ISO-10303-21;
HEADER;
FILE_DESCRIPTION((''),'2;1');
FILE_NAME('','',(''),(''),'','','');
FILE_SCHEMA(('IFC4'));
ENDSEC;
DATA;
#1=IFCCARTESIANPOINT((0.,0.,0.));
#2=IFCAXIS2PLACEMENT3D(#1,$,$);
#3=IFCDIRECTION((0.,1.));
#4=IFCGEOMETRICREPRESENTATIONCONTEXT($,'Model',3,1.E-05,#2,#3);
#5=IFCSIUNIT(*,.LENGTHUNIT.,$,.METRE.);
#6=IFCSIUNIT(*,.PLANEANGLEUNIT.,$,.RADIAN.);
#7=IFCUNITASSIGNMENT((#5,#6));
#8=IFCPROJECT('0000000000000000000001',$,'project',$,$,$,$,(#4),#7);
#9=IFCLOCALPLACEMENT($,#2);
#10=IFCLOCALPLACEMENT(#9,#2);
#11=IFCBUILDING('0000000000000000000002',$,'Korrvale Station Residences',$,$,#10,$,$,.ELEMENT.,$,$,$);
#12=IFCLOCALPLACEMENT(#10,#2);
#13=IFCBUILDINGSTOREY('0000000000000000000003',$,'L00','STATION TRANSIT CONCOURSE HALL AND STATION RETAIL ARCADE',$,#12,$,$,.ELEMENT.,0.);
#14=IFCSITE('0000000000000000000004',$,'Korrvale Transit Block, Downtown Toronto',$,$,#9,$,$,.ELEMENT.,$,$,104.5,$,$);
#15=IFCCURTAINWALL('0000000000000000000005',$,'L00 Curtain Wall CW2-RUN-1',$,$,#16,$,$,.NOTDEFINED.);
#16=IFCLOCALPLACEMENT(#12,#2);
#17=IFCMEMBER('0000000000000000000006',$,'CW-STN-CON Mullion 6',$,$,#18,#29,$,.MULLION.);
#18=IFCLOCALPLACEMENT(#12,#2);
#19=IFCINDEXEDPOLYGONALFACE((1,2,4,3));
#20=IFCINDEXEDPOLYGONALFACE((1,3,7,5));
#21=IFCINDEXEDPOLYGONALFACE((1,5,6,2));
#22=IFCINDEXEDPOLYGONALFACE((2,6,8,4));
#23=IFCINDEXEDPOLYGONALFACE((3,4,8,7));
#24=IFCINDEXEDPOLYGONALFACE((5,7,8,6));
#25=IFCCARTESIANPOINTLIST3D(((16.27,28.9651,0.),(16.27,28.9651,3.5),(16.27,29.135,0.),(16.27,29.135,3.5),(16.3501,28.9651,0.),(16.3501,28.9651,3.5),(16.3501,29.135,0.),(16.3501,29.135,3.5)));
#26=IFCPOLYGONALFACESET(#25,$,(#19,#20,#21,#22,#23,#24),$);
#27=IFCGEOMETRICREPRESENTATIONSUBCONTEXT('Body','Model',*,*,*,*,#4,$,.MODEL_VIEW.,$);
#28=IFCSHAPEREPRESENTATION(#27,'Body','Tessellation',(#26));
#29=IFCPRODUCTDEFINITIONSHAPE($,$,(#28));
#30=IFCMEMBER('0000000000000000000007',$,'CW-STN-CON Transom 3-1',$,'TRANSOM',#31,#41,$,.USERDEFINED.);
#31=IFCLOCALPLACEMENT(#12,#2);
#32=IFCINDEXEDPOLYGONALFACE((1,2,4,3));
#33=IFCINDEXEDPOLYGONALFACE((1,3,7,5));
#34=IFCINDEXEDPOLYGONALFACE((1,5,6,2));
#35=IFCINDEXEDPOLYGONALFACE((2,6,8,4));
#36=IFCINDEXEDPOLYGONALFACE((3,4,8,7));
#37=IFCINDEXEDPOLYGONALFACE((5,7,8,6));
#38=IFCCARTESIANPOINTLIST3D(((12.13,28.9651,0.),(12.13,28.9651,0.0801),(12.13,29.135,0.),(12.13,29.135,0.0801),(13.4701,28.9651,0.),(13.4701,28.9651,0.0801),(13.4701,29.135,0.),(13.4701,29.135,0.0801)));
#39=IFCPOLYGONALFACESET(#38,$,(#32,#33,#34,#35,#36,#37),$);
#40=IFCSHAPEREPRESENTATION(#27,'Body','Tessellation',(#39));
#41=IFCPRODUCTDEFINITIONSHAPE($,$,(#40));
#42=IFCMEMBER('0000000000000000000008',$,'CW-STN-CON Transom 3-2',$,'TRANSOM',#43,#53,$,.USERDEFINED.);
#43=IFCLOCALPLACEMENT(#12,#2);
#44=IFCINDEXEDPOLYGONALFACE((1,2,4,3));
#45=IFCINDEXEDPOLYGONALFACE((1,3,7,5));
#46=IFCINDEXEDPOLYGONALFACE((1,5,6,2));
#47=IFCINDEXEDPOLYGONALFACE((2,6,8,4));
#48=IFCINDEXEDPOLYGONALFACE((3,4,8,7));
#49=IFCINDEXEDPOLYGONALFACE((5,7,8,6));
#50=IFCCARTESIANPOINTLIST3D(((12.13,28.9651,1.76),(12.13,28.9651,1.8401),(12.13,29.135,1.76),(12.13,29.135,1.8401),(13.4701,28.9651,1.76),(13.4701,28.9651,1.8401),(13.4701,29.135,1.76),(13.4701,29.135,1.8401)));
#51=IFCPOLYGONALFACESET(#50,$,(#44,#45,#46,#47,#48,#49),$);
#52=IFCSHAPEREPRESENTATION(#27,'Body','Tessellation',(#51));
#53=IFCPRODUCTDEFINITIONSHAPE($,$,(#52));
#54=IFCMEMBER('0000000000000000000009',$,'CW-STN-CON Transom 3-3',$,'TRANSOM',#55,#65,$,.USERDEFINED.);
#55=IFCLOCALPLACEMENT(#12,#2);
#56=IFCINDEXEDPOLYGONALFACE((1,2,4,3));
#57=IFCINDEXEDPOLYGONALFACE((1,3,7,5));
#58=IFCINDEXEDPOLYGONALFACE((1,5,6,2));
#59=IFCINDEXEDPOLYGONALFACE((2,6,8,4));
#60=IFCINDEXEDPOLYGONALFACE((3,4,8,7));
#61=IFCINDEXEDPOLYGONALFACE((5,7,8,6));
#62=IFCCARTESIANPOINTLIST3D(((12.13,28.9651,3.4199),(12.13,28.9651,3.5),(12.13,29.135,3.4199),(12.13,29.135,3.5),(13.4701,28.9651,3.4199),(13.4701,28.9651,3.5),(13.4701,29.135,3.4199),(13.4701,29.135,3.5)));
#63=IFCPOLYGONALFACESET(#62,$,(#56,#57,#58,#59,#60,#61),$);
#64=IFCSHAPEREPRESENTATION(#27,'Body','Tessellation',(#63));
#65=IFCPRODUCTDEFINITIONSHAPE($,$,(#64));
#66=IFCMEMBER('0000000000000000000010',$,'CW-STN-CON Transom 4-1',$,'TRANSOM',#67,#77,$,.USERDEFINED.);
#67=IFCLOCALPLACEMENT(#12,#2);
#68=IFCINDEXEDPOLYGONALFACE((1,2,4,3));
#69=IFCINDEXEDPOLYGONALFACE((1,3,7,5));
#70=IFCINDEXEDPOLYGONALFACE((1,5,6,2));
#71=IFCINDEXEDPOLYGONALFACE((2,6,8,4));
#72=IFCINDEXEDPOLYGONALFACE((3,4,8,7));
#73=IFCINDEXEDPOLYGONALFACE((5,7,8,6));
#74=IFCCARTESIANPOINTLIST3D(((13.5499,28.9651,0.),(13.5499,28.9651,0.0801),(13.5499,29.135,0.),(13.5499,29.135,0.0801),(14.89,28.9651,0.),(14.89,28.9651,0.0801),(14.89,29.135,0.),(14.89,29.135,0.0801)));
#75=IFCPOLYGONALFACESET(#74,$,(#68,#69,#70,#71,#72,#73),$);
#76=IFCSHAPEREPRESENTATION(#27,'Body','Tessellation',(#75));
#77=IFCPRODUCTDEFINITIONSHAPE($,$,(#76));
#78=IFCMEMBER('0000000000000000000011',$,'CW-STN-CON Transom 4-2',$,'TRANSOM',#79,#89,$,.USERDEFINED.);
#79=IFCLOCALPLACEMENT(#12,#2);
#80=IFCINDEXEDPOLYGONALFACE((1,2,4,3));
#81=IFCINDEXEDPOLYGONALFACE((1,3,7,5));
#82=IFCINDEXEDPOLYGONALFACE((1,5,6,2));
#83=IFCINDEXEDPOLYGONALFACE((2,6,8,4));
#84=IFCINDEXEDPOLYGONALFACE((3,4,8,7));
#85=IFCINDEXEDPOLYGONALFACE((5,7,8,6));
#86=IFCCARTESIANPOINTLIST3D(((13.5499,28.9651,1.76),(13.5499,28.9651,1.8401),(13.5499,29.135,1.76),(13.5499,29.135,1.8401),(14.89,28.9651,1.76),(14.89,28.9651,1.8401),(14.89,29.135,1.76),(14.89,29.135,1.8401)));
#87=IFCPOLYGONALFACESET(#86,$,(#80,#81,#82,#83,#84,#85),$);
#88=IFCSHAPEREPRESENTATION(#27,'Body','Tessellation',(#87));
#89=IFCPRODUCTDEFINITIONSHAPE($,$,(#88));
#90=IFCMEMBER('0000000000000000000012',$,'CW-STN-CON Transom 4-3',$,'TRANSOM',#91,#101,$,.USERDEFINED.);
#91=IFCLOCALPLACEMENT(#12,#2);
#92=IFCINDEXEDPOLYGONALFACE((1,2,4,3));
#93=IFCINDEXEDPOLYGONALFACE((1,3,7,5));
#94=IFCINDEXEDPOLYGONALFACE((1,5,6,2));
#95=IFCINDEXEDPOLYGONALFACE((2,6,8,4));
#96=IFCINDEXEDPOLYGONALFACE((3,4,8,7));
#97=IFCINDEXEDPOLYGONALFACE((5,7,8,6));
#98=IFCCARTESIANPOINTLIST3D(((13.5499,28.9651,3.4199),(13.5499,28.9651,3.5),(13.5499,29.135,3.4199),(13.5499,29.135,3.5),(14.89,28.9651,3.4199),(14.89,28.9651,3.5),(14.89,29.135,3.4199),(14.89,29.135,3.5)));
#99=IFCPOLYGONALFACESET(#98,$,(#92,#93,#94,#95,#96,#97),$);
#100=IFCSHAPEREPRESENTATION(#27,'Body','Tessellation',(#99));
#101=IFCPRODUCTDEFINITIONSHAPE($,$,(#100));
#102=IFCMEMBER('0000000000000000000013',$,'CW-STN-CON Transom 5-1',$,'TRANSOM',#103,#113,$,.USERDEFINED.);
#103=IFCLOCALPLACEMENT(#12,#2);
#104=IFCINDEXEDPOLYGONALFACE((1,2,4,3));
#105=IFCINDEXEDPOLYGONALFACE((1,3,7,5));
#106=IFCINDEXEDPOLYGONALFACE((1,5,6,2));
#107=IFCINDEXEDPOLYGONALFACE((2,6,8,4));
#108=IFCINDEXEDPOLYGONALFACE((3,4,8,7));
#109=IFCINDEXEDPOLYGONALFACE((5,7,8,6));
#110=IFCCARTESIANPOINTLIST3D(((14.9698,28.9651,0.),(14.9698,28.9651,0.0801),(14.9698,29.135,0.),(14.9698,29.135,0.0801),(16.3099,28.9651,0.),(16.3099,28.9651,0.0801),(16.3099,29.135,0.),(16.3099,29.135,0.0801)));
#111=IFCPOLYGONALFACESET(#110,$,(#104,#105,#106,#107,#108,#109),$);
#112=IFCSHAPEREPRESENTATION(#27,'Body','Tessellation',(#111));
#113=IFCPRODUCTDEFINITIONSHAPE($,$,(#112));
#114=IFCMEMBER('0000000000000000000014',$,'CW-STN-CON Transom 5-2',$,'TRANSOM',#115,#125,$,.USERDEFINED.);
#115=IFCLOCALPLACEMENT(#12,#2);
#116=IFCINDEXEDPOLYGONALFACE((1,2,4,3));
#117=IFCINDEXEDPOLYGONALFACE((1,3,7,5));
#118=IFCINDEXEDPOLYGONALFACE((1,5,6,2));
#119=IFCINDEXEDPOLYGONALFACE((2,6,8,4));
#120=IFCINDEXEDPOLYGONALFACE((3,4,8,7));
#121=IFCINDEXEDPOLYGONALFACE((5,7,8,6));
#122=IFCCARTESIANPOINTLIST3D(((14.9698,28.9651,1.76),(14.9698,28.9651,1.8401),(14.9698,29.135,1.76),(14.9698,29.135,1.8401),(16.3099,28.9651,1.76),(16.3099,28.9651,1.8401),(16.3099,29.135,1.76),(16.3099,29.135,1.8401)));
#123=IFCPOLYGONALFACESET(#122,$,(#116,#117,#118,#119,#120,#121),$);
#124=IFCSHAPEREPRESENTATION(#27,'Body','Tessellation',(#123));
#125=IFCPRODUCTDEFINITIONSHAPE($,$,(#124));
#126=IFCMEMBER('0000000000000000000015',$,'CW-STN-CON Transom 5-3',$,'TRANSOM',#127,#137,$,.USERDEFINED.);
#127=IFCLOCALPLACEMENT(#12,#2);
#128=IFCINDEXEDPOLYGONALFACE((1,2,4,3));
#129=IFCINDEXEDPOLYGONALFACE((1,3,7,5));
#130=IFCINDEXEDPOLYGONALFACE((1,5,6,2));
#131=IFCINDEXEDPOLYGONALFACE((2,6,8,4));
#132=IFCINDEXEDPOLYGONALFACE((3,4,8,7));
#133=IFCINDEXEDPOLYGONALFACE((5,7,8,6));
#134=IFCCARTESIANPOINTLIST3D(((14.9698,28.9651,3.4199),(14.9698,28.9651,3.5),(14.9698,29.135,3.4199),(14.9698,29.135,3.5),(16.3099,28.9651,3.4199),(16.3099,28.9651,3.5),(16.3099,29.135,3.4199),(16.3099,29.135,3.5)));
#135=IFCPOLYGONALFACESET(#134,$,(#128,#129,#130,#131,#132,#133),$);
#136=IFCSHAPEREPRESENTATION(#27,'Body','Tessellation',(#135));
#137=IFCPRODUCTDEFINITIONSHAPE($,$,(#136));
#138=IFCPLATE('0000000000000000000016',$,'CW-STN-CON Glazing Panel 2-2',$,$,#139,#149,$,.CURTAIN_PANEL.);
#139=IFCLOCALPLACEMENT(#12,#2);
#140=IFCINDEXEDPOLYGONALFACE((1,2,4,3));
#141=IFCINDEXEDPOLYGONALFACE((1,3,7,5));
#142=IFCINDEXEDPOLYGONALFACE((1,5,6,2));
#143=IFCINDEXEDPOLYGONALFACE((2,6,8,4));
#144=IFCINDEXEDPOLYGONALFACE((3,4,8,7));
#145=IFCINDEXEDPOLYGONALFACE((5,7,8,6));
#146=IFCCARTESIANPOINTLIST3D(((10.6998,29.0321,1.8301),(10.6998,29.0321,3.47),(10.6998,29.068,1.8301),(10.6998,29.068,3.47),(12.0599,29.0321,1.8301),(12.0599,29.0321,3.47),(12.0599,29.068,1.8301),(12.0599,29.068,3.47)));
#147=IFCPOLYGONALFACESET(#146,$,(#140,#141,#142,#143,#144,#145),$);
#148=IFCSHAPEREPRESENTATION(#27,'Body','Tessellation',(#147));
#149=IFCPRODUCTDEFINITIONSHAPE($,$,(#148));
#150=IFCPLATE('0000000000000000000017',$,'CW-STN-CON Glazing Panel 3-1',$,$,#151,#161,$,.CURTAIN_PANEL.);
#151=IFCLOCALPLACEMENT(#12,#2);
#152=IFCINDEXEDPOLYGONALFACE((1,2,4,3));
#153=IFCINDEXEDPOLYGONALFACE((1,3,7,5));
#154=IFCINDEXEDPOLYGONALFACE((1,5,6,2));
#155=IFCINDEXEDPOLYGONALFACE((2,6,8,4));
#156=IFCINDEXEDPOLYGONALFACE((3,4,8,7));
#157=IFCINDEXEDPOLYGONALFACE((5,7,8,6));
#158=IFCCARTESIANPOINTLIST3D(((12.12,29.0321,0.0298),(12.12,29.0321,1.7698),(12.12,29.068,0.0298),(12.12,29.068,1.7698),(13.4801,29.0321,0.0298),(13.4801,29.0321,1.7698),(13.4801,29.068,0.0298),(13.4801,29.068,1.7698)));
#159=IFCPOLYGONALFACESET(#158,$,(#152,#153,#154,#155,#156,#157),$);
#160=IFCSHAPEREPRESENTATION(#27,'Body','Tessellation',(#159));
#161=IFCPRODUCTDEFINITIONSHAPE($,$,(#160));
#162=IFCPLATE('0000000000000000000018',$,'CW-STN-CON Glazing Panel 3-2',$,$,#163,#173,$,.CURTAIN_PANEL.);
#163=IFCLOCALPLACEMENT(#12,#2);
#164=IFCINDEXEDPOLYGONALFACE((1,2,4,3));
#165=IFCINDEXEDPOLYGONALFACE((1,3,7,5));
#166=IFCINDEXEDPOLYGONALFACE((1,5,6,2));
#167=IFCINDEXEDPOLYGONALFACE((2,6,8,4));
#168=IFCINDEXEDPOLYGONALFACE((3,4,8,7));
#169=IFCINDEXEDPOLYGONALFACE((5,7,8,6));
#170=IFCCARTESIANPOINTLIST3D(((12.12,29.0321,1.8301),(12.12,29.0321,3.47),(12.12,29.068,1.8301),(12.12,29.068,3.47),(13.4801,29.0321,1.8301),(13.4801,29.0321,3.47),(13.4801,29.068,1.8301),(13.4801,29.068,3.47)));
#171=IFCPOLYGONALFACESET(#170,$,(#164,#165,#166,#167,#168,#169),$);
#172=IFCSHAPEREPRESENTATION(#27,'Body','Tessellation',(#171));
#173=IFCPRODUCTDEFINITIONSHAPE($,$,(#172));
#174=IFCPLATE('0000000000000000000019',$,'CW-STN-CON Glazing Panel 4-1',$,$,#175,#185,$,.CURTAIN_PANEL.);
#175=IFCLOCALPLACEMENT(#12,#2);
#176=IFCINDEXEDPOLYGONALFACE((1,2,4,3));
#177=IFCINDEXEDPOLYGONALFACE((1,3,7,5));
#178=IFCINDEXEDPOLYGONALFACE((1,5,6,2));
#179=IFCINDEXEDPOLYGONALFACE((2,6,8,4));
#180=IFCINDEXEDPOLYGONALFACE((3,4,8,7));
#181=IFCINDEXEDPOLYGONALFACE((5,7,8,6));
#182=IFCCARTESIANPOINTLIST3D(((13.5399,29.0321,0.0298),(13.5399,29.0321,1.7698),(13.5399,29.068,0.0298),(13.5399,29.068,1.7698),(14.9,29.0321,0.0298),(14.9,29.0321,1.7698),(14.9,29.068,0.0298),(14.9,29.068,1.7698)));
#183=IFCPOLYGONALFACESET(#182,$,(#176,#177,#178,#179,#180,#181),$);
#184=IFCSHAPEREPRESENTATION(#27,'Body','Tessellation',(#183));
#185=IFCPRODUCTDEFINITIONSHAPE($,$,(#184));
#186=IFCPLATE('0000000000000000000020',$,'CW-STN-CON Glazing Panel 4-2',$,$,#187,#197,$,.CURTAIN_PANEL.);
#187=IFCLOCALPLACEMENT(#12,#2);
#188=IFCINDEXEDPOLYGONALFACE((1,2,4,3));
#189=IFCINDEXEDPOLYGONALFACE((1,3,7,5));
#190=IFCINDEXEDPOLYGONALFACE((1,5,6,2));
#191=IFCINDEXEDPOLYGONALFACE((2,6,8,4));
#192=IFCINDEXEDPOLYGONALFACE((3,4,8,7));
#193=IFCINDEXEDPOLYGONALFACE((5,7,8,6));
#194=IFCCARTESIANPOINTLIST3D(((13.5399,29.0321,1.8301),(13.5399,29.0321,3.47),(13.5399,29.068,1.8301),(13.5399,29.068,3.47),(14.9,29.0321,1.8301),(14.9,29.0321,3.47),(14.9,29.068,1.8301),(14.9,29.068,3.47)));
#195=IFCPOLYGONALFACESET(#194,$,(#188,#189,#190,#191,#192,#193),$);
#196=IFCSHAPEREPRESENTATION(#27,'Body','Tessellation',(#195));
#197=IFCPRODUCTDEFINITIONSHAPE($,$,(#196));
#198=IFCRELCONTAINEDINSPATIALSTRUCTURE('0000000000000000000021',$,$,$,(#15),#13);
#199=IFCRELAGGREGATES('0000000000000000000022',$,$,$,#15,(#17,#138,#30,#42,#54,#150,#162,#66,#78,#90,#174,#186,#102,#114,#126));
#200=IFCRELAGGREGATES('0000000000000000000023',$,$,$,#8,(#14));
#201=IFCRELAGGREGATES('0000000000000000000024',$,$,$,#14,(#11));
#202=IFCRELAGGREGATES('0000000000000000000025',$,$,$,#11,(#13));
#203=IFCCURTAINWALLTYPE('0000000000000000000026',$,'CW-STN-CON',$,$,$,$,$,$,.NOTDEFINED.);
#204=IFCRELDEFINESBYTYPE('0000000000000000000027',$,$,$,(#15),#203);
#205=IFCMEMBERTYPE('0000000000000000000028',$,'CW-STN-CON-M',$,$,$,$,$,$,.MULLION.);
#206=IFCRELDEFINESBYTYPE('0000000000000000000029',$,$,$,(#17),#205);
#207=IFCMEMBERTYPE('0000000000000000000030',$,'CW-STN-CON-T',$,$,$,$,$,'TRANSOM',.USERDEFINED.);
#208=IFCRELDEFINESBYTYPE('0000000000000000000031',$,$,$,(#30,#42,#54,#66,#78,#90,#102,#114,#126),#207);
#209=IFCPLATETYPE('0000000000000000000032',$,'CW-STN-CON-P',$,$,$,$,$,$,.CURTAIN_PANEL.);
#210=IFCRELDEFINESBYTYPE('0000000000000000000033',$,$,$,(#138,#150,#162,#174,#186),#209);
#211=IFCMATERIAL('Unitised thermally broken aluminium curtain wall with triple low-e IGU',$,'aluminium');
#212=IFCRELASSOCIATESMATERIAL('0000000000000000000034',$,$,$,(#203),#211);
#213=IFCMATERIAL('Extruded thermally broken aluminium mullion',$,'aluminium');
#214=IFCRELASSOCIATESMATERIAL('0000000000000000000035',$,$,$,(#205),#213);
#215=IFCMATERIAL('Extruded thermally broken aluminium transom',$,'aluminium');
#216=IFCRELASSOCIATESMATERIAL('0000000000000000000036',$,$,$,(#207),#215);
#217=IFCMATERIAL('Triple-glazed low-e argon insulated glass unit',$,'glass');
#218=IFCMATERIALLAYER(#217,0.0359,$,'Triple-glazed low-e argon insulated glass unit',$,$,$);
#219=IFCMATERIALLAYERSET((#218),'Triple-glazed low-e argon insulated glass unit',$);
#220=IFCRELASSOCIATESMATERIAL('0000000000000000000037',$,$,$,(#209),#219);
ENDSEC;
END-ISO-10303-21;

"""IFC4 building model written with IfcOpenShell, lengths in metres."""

from ifc_helpers import new_model, si_unit, direction, frame, origin, origin_2d, place, context, subcontext, project, spatial, rectangle, extrude, material, layer, layer_set, type_object, element, aggregate, save


model = new_model("IFC4")

# Units and contexts
model_context = context("Model", 3, precision=1e-05, world=origin(), true_north=direction((0.0, 1.0)))
body_context = subcontext(model_context, "Body", "Model", "MODEL_VIEW")
ifc_project = project(units=[si_unit("LENGTHUNIT", "METRE"), si_unit("PLANEANGLEUNIT", "RADIAN")], contexts=[model_context])

# Site, building, storey
site_placement = place(None, origin())
site = spatial("IfcSite", under=ifc_project, at=site_placement, Name="Korrvale Transit Block, Downtown Toronto", CompositionType="ELEMENT", RefElevation=104.5)
building_placement = place(site_placement, origin())
building = spatial("IfcBuilding", under=site, at=building_placement, Name="Korrvale Station Residences", CompositionType="ELEMENT")
storey_placement = place(building_placement, origin())
storey = spatial("IfcBuildingStorey", under=building, at=storey_placement, Name="L00", Description="STATION TRANSIT CONCOURSE HALL AND STATION RETAIL ARCADE", CompositionType="ELEMENT", Elevation=0.0)

# Curtain wall, members, plates
ifc_material_1 = material(Name="Unitised thermally broken aluminium curtain wall with triple low-e IGU", Category="aluminium")
curtain_wall_type = type_object("IfcCurtainWallType", Name="CW-STN-CON", PredefinedType="NOTDEFINED", material=ifc_material_1)
curtain_wall_placement = place(storey_placement, origin())
curtain_wall = element("IfcCurtainWall", 1, at=curtain_wall_placement, inside=storey, type_object=curtain_wall_type, Name="L00 Curtain Wall CW2-RUN-1", PredefinedType="NOTDEFINED")
ifc_material_2 = material(Name="Extruded thermally broken aluminium mullion", Category="aluminium")
member_type_1 = type_object("IfcMemberType", Name="CW-STN-CON-M", PredefinedType="MULLION", material=ifc_material_2)
member_1_placement = place(storey_placement, frame((16.3101, 29.05, 0.0), z_axis=(0.0, 0.0, 1.0), x_axis=(1.0, 0.0, 0.0)))
member_1 = element("IfcMember", 2, at=member_1_placement, type_object=member_type_1, Name="CW-STN-CON Mullion 6", PredefinedType="MULLION", context=body_context, shape_type="SweptSolid", body=[
    extrude(rectangle(XDim=0.0801, YDim=0.1699, at=origin_2d()), origin(), (0.0, 0.0, 1.0), 3.5),
])
ifc_material_3 = material(Name="Extruded thermally broken aluminium transom", Category="aluminium")
member_type_2 = type_object("IfcMemberType", Name="CW-STN-CON-T", ElementType="TRANSOM", PredefinedType="USERDEFINED", material=ifc_material_3)
member_2_placement = place(storey_placement, frame((12.8, 29.05, 0.0), z_axis=(0.0, 0.0, 1.0), x_axis=(1.0, 0.0, 0.0)))
member_2 = element("IfcMember", 3, at=member_2_placement, type_object=member_type_2, Name="CW-STN-CON Transom 3-1", ObjectType="TRANSOM", PredefinedType="USERDEFINED", context=body_context, shape_type="SweptSolid", body=[
    extrude(rectangle(XDim=1.3401, YDim=0.1699, at=origin_2d()), origin(), (0.0, 0.0, 1.0), 0.0801),
])
member_3_placement = place(storey_placement, frame((12.8, 29.05, 1.76), z_axis=(0.0, 0.0, 1.0), x_axis=(1.0, 0.0, 0.0)))
member_3 = element("IfcMember", 4, at=member_3_placement, type_object=member_type_2, Name="CW-STN-CON Transom 3-2", ObjectType="TRANSOM", PredefinedType="USERDEFINED", context=body_context, shape_type="SweptSolid", body=[
    extrude(rectangle(XDim=1.3401, YDim=0.1699, at=origin_2d()), origin(), (0.0, 0.0, 1.0), 0.0801),
])
member_4_placement = place(storey_placement, frame((12.8, 29.05, 3.4199), z_axis=(0.0, 0.0, 1.0), x_axis=(1.0, 0.0, 0.0)))
member_4 = element("IfcMember", 5, at=member_4_placement, type_object=member_type_2, Name="CW-STN-CON Transom 3-3", ObjectType="TRANSOM", PredefinedType="USERDEFINED", context=body_context, shape_type="SweptSolid", body=[
    extrude(rectangle(XDim=1.3401, YDim=0.1699, at=origin_2d()), origin(), (0.0, 0.0, 1.0), 0.0801),
])
member_5_placement = place(storey_placement, frame((14.22, 29.05, 0.0), z_axis=(0.0, 0.0, 1.0), x_axis=(1.0, 0.0, 0.0)))
member_5 = element("IfcMember", 6, at=member_5_placement, type_object=member_type_2, Name="CW-STN-CON Transom 4-1", ObjectType="TRANSOM", PredefinedType="USERDEFINED", context=body_context, shape_type="SweptSolid", body=[
    extrude(rectangle(XDim=1.3401, YDim=0.1699, at=origin_2d()), origin(), (0.0, 0.0, 1.0), 0.0801),
])
member_6_placement = place(storey_placement, frame((14.22, 29.05, 1.76), z_axis=(0.0, 0.0, 1.0), x_axis=(1.0, 0.0, 0.0)))
member_6 = element("IfcMember", 7, at=member_6_placement, type_object=member_type_2, Name="CW-STN-CON Transom 4-2", ObjectType="TRANSOM", PredefinedType="USERDEFINED", context=body_context, shape_type="SweptSolid", body=[
    extrude(rectangle(XDim=1.3401, YDim=0.1699, at=origin_2d()), origin(), (0.0, 0.0, 1.0), 0.0801),
])
member_7_placement = place(storey_placement, frame((14.22, 29.05, 3.4199), z_axis=(0.0, 0.0, 1.0), x_axis=(1.0, 0.0, 0.0)))
member_7 = element("IfcMember", 8, at=member_7_placement, type_object=member_type_2, Name="CW-STN-CON Transom 4-3", ObjectType="TRANSOM", PredefinedType="USERDEFINED", context=body_context, shape_type="SweptSolid", body=[
    extrude(rectangle(XDim=1.3401, YDim=0.1699, at=origin_2d()), origin(), (0.0, 0.0, 1.0), 0.0801),
])
member_8_placement = place(storey_placement, frame((15.6399, 29.05, 0.0), z_axis=(0.0, 0.0, 1.0), x_axis=(1.0, 0.0, 0.0)))
member_8 = element("IfcMember", 9, at=member_8_placement, type_object=member_type_2, Name="CW-STN-CON Transom 5-1", ObjectType="TRANSOM", PredefinedType="USERDEFINED", context=body_context, shape_type="SweptSolid", body=[
    extrude(rectangle(XDim=1.3401, YDim=0.1699, at=origin_2d()), origin(), (0.0, 0.0, 1.0), 0.0801),
])
member_9_placement = place(storey_placement, frame((15.6399, 29.05, 1.76), z_axis=(0.0, 0.0, 1.0), x_axis=(1.0, 0.0, 0.0)))
member_9 = element("IfcMember", 10, at=member_9_placement, type_object=member_type_2, Name="CW-STN-CON Transom 5-2", ObjectType="TRANSOM", PredefinedType="USERDEFINED", context=body_context, shape_type="SweptSolid", body=[
    extrude(rectangle(XDim=1.3401, YDim=0.1699, at=origin_2d()), origin(), (0.0, 0.0, 1.0), 0.0801),
])
member_10_placement = place(storey_placement, frame((15.6399, 29.05, 3.4199), z_axis=(0.0, 0.0, 1.0), x_axis=(1.0, 0.0, 0.0)))
member_10 = element("IfcMember", 11, at=member_10_placement, type_object=member_type_2, Name="CW-STN-CON Transom 5-3", ObjectType="TRANSOM", PredefinedType="USERDEFINED", context=body_context, shape_type="SweptSolid", body=[
    extrude(rectangle(XDim=1.3401, YDim=0.1699, at=origin_2d()), origin(), (0.0, 0.0, 1.0), 0.0801),
])
ifc_material_4 = material(Name="Triple-glazed low-e argon insulated glass unit", Category="glass")
ifc_layer_1 = layer(ifc_material_4, 0.0359, Name="Triple-glazed low-e argon insulated glass unit")
ifc_layer_set_1 = layer_set([ifc_layer_1], Name="Triple-glazed low-e argon insulated glass unit")
plate_type = type_object("IfcPlateType", Name="CW-STN-CON-P", PredefinedType="CURTAIN_PANEL", material=ifc_layer_set_1)
plate_1_placement = place(storey_placement, frame((11.3799, 29.05, 1.8301), z_axis=(0.0, 0.0, 1.0), x_axis=(1.0, 0.0, 0.0)))
plate_1 = element("IfcPlate", 12, at=plate_1_placement, type_object=plate_type, Name="CW-STN-CON Glazing Panel 2-2", PredefinedType="CURTAIN_PANEL", context=body_context, shape_type="SweptSolid", body=[
    extrude(rectangle(XDim=1.3601, YDim=0.0359, at=origin_2d()), origin(), (0.0, 0.0, 1.0), 1.6399),
])
plate_2_placement = place(storey_placement, frame((12.8, 29.05, 0.0298), z_axis=(0.0, 0.0, 1.0), x_axis=(1.0, 0.0, 0.0)))
plate_2 = element("IfcPlate", 13, at=plate_2_placement, type_object=plate_type, Name="CW-STN-CON Glazing Panel 3-1", PredefinedType="CURTAIN_PANEL", context=body_context, shape_type="SweptSolid", body=[
    extrude(rectangle(XDim=1.3601, YDim=0.0359, at=origin_2d()), origin(), (0.0, 0.0, 1.0), 1.74),
])
plate_3_placement = place(storey_placement, frame((12.8, 29.05, 1.8301), z_axis=(0.0, 0.0, 1.0), x_axis=(1.0, 0.0, 0.0)))
plate_3 = element("IfcPlate", 14, at=plate_3_placement, type_object=plate_type, Name="CW-STN-CON Glazing Panel 3-2", PredefinedType="CURTAIN_PANEL", context=body_context, shape_type="SweptSolid", body=[
    extrude(rectangle(XDim=1.3601, YDim=0.0359, at=origin_2d()), origin(), (0.0, 0.0, 1.0), 1.6399),
])
plate_4_placement = place(storey_placement, frame((14.22, 29.05, 0.0298), z_axis=(0.0, 0.0, 1.0), x_axis=(1.0, 0.0, 0.0)))
plate_4 = element("IfcPlate", 15, at=plate_4_placement, type_object=plate_type, Name="CW-STN-CON Glazing Panel 4-1", PredefinedType="CURTAIN_PANEL", context=body_context, shape_type="SweptSolid", body=[
    extrude(rectangle(XDim=1.3601, YDim=0.0359, at=origin_2d()), origin(), (0.0, 0.0, 1.0), 1.74),
])
plate_5_placement = place(storey_placement, frame((14.22, 29.05, 1.8301), z_axis=(0.0, 0.0, 1.0), x_axis=(1.0, 0.0, 0.0)))
plate_5 = element("IfcPlate", 16, at=plate_5_placement, type_object=plate_type, Name="CW-STN-CON Glazing Panel 4-2", PredefinedType="CURTAIN_PANEL", context=body_context, shape_type="SweptSolid", body=[
    extrude(rectangle(XDim=1.3601, YDim=0.0359, at=origin_2d()), origin(), (0.0, 0.0, 1.0), 1.6399),
])
aggregate(curtain_wall, [member_1, plate_1, member_2, member_3, member_4, plate_2, plate_3, member_5, member_6, member_7, plate_4, plate_5, member_8, member_9, member_10])

save(model, "model.ifc")
